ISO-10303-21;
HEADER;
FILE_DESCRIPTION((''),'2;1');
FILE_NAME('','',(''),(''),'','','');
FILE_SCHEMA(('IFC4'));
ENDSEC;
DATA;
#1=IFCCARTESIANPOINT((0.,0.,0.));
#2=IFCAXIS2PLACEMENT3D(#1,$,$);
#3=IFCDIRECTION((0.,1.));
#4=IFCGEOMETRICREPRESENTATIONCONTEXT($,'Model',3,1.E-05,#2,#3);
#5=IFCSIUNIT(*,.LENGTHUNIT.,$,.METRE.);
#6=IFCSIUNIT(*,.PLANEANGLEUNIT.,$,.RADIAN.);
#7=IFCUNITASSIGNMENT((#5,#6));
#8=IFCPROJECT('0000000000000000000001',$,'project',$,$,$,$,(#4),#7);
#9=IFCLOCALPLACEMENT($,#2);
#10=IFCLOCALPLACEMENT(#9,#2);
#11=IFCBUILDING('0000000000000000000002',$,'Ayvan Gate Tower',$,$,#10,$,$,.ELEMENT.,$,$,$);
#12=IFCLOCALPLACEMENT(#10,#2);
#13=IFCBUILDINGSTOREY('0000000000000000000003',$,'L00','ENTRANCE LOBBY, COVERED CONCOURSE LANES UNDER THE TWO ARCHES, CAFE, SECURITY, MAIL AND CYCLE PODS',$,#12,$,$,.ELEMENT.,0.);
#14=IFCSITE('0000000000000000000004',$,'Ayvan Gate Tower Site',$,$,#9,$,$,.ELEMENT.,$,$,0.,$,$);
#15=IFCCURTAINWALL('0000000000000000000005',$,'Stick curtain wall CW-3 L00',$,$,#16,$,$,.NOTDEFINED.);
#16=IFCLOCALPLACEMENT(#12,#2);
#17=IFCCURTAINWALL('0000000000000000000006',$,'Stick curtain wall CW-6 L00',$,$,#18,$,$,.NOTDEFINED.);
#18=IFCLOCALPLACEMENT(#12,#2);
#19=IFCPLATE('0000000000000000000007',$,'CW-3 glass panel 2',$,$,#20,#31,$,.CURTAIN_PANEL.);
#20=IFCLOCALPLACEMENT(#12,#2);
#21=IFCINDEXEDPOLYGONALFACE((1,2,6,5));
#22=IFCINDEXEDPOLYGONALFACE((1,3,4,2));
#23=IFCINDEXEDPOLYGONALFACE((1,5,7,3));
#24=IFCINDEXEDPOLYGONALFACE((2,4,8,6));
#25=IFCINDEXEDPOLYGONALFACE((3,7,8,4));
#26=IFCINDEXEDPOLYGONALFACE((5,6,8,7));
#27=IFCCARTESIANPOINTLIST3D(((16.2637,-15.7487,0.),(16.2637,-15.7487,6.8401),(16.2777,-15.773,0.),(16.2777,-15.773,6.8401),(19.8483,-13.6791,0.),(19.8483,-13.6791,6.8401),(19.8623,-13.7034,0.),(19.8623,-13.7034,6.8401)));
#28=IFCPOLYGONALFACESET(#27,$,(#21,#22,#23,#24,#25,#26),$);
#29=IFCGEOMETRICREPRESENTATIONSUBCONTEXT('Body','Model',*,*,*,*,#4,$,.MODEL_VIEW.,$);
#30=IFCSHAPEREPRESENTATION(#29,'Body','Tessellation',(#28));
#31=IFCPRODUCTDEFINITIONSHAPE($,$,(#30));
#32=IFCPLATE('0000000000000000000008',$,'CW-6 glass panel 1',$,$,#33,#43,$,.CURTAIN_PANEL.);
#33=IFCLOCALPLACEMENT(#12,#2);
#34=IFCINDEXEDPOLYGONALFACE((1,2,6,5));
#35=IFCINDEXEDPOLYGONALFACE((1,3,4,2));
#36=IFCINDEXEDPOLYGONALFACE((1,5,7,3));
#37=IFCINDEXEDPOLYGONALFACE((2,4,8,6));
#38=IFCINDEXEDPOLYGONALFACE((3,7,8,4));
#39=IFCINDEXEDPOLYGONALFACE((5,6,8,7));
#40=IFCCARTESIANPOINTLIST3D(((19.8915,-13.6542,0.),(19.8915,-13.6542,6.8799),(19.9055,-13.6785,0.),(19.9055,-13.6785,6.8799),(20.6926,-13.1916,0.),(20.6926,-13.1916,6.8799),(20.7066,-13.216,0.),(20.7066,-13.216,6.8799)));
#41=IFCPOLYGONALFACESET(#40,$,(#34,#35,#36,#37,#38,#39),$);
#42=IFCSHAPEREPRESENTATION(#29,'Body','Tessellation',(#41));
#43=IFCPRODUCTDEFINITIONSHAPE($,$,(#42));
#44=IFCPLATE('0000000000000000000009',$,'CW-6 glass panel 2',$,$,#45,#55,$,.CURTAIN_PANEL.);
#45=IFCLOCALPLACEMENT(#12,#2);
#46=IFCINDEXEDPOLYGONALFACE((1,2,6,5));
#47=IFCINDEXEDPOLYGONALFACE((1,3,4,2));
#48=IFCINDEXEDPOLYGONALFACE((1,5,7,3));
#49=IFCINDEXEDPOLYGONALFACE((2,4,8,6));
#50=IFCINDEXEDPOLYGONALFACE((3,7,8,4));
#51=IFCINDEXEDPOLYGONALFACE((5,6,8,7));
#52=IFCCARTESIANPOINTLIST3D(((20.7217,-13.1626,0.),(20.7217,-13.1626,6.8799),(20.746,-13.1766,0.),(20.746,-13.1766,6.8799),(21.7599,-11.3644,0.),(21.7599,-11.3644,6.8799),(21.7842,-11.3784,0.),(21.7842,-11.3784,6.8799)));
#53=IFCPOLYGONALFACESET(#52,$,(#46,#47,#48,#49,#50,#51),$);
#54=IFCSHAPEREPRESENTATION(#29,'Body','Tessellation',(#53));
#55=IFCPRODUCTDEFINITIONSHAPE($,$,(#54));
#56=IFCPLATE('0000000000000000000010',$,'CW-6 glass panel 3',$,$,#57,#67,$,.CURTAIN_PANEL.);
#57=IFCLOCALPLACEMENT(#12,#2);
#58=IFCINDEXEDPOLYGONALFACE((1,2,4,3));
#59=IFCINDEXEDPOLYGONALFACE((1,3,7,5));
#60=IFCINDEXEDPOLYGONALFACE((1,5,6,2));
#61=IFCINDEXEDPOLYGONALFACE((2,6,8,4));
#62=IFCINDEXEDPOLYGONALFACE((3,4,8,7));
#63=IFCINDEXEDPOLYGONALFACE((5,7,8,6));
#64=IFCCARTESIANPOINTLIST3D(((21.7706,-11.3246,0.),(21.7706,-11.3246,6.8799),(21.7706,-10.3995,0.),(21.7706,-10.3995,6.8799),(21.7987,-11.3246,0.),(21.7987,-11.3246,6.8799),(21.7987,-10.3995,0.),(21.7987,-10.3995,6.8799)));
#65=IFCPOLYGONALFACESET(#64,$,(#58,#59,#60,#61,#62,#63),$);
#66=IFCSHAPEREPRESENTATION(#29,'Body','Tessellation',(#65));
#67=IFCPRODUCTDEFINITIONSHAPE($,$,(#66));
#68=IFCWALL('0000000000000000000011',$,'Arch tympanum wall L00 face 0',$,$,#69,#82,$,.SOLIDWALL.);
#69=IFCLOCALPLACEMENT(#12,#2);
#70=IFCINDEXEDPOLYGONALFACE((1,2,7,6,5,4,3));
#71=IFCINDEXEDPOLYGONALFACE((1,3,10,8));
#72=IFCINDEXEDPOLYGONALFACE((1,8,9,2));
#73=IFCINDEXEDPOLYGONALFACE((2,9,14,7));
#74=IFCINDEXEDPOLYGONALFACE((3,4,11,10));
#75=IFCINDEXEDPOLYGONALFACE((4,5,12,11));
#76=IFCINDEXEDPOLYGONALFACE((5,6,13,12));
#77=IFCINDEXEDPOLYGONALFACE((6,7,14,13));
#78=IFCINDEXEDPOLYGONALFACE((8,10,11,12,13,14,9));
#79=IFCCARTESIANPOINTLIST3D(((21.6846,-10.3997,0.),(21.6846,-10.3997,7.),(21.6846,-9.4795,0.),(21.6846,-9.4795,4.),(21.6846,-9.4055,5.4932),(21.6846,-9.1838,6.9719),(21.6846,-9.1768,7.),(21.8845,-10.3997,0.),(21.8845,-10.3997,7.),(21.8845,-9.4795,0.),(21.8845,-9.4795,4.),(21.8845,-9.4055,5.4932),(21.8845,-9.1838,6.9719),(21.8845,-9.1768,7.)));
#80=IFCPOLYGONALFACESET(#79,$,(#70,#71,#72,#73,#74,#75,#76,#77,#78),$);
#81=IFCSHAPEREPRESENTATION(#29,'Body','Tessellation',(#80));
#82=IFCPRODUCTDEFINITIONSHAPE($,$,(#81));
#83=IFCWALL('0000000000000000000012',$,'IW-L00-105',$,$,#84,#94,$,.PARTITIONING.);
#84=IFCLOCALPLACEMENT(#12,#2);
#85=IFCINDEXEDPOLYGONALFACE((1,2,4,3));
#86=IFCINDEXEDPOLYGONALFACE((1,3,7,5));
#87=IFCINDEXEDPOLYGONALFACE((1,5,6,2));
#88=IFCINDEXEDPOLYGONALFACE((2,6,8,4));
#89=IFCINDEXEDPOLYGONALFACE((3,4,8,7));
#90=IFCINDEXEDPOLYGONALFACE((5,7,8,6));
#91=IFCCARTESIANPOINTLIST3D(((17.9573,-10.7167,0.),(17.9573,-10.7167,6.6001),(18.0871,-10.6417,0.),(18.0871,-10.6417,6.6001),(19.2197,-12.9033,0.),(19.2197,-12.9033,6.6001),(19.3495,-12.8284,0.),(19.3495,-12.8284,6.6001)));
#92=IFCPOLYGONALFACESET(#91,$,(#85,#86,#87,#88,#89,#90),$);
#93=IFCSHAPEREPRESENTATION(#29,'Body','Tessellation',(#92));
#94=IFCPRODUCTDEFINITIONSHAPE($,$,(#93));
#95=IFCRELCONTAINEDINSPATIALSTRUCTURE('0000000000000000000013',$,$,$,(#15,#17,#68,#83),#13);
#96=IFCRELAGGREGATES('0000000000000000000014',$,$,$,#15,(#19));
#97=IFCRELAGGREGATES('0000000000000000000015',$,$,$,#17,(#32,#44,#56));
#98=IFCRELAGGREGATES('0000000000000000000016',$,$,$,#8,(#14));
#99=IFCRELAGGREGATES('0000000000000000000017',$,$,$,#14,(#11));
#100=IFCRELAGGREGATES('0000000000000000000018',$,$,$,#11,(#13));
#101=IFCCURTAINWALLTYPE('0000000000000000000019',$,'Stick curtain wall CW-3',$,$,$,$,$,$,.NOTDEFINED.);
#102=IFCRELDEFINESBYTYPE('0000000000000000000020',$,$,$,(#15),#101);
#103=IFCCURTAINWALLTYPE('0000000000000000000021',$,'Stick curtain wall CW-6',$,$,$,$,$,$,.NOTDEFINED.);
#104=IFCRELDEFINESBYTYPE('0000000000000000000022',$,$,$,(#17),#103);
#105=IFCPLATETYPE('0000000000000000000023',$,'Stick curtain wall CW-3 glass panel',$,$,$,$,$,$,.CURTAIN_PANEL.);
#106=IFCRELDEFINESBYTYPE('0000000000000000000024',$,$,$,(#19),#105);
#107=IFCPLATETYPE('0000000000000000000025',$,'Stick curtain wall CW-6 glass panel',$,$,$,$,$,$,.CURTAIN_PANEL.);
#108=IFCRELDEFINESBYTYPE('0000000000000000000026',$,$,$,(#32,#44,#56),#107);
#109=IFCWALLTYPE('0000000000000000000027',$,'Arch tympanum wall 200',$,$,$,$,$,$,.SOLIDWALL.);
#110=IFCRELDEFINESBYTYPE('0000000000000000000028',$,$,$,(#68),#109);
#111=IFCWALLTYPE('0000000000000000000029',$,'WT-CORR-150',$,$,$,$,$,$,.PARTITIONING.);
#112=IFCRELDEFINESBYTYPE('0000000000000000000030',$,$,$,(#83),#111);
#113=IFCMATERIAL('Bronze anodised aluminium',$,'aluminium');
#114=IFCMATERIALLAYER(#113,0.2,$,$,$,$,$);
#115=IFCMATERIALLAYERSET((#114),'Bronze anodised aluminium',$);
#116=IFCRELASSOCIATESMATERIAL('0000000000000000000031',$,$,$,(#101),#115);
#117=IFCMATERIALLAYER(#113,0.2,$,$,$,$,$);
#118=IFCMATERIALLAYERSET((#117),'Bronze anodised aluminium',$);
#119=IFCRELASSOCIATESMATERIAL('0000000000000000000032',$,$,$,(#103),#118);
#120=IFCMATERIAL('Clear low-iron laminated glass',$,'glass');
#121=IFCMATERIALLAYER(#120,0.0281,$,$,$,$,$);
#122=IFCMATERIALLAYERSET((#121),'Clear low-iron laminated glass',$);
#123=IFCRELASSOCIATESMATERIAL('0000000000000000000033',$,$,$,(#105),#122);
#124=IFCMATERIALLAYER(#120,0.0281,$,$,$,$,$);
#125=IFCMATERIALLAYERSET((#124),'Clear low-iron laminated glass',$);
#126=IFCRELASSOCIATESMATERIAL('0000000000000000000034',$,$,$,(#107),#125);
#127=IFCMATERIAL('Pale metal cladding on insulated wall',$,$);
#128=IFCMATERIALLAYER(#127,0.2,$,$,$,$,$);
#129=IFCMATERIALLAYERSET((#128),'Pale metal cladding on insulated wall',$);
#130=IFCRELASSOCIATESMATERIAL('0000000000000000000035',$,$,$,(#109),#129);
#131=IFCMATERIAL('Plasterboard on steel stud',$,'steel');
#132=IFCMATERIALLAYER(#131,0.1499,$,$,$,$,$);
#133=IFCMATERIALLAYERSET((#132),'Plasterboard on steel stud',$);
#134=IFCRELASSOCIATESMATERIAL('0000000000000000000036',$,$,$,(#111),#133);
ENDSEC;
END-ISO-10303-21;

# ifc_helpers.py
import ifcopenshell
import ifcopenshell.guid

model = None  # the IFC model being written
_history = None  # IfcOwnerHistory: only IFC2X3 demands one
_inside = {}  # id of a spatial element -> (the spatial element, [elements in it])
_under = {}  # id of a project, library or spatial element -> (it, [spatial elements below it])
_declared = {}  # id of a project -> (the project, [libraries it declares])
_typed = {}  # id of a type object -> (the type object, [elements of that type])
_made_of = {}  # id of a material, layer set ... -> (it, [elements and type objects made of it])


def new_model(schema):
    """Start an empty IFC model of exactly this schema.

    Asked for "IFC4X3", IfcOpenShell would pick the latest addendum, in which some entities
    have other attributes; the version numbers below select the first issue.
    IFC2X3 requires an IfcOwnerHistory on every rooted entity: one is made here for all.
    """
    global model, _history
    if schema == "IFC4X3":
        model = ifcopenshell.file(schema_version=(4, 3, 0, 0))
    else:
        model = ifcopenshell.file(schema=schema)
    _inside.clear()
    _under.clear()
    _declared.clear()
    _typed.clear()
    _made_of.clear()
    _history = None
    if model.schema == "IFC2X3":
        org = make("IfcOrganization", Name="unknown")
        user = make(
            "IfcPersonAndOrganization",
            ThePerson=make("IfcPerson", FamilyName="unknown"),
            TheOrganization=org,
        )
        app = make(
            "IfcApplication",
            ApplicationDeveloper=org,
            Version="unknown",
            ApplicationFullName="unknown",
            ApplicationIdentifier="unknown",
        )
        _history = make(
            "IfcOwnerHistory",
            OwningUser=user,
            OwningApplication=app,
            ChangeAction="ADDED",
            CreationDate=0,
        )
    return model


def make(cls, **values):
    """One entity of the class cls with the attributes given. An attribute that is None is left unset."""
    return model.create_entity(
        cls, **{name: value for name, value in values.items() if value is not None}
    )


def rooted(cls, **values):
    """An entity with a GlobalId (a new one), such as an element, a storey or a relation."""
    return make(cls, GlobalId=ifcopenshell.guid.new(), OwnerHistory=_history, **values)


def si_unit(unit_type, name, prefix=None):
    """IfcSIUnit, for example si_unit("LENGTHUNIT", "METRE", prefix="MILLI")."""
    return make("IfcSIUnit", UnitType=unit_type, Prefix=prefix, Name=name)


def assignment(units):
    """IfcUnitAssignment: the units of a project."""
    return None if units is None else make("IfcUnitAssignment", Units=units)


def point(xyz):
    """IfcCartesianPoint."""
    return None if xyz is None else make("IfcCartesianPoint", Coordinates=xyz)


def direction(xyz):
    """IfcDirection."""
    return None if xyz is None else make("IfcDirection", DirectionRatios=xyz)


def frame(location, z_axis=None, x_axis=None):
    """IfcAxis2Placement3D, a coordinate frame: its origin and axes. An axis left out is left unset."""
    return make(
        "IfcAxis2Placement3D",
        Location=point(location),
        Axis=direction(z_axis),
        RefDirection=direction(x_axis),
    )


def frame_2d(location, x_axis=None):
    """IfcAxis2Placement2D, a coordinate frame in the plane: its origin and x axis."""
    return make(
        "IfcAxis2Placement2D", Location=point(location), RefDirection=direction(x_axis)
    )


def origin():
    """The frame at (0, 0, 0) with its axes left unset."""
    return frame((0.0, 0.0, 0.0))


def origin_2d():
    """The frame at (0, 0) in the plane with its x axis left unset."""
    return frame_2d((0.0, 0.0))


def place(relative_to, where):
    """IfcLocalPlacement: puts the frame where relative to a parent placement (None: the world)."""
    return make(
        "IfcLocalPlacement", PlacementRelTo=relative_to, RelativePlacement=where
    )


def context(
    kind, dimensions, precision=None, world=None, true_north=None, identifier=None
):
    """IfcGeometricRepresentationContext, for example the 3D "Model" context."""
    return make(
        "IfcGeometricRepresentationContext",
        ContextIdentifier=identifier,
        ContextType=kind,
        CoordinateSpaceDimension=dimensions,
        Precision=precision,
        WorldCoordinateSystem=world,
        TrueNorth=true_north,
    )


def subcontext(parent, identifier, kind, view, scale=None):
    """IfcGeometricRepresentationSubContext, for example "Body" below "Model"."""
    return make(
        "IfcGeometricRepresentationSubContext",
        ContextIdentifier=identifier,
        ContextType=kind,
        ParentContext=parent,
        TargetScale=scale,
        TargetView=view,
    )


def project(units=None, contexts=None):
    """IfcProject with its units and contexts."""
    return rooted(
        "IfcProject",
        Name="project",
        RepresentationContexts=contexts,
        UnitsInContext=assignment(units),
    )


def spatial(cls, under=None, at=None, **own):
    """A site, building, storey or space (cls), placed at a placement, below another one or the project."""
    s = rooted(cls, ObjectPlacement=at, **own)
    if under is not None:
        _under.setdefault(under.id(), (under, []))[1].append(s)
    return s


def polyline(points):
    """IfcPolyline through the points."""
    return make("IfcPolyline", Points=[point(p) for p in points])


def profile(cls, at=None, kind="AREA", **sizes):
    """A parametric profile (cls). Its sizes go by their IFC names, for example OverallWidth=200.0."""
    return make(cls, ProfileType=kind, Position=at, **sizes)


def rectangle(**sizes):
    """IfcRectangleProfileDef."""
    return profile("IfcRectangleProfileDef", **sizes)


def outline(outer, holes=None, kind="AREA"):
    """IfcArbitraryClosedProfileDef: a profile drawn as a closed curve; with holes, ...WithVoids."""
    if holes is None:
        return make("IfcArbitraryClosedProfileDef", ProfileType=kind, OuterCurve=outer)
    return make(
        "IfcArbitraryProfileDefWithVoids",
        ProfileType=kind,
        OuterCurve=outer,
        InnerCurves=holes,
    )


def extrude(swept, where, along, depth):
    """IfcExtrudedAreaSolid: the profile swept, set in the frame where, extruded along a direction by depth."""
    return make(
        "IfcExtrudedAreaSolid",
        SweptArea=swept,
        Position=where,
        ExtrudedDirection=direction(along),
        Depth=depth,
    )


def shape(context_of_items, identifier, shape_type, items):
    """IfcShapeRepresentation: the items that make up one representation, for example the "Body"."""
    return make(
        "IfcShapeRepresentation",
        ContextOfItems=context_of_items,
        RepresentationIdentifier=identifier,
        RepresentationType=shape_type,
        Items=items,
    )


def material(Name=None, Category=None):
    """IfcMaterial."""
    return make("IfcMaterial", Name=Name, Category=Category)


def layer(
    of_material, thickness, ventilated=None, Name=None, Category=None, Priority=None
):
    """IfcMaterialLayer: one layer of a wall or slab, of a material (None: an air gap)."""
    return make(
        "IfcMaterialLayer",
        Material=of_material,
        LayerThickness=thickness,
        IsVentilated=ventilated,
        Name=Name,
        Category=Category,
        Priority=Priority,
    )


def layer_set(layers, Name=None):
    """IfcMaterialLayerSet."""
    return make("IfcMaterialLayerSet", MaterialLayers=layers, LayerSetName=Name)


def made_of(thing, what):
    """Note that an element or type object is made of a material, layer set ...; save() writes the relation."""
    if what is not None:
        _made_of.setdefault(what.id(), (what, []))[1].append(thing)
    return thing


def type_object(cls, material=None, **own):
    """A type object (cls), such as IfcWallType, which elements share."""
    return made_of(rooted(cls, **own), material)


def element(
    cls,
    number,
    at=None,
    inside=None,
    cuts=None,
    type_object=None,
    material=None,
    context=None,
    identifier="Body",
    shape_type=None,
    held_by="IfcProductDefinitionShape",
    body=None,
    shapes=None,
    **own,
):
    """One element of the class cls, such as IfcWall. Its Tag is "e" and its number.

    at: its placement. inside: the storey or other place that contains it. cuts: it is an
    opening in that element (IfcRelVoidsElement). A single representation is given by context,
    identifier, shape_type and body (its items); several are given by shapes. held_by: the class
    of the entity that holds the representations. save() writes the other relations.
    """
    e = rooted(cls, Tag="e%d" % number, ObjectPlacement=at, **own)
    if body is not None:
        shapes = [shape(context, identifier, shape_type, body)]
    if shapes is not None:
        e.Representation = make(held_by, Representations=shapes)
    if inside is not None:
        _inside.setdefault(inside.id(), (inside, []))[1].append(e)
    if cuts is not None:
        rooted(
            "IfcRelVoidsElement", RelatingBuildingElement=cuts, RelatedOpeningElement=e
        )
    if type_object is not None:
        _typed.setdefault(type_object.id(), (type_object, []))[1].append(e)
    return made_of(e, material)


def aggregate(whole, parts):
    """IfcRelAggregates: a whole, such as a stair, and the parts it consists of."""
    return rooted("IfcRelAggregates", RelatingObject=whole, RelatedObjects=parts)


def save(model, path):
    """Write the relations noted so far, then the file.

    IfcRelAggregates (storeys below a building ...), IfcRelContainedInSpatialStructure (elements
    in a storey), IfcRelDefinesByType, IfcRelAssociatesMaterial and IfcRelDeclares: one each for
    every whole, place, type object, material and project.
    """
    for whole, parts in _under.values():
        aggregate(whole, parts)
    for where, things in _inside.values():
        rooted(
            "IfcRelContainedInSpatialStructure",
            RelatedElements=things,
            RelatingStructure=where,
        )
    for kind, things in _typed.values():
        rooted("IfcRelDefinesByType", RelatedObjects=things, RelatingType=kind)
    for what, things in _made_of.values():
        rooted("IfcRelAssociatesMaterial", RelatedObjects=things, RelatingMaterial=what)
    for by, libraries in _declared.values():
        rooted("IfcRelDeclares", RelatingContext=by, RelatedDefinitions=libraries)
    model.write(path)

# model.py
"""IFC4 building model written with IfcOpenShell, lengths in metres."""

from ifc_helpers import new_model, si_unit, direction, frame, frame_2d, origin, origin_2d, place, context, subcontext, project, spatial, polyline, rectangle, outline, extrude, material, layer, layer_set, type_object, element, aggregate, save


model = new_model("IFC4")

# Units and contexts
model_context = context("Model", 3, precision=1e-05, world=origin(), true_north=direction((0.0, 1.0)))
body_context = subcontext(model_context, "Body", "Model", "MODEL_VIEW")
ifc_project = project(units=[si_unit("LENGTHUNIT", "METRE"), si_unit("PLANEANGLEUNIT", "RADIAN")], contexts=[model_context])

# Site, building, storey
site_placement = place(None, origin())
site = spatial("IfcSite", under=ifc_project, at=site_placement, Name="Ayvan Gate Tower Site", CompositionType="ELEMENT", RefElevation=0.0)
building_placement = place(site_placement, origin())
building = spatial("IfcBuilding", under=site, at=building_placement, Name="Ayvan Gate Tower", CompositionType="ELEMENT")
storey_placement = place(building_placement, origin())
storey = spatial("IfcBuildingStorey", under=building, at=storey_placement, Name="L00", Description="ENTRANCE LOBBY, COVERED CONCOURSE LANES UNDER THE TWO ARCHES, CAFE, SECURITY, MAIL AND CYCLE PODS", CompositionType="ELEMENT", Elevation=0.0)

# Curtain wall
ifc_material_1 = material(Name="Bronze anodised aluminium", Category="aluminium")
ifc_layer_1 = layer(ifc_material_1, 0.2)
ifc_layer_set_1 = layer_set([ifc_layer_1], Name="Bronze anodised aluminium")
curtain_wall_type_1 = type_object("IfcCurtainWallType", Name="Stick curtain wall CW-3", PredefinedType="NOTDEFINED", material=ifc_layer_set_1)
curtain_wall_1_placement = place(storey_placement, origin())
curtain_wall_1 = element("IfcCurtainWall", 1, at=curtain_wall_1_placement, inside=storey, type_object=curtain_wall_type_1, Name="Stick curtain wall CW-3 L00", PredefinedType="NOTDEFINED")

# Curtain wall
ifc_layer_2 = layer(ifc_material_1, 0.2)
ifc_layer_set_2 = layer_set([ifc_layer_2], Name="Bronze anodised aluminium")
curtain_wall_type_2 = type_object("IfcCurtainWallType", Name="Stick curtain wall CW-6", PredefinedType="NOTDEFINED", material=ifc_layer_set_2)
curtain_wall_2_placement = place(storey_placement, origin())
curtain_wall_2 = element("IfcCurtainWall", 2, at=curtain_wall_2_placement, inside=storey, type_object=curtain_wall_type_2, Name="Stick curtain wall CW-6 L00", PredefinedType="NOTDEFINED")

# Plates
ifc_material_2 = material(Name="Clear low-iron laminated glass", Category="glass")
ifc_layer_3 = layer(ifc_material_2, 0.0281)
ifc_layer_set_3 = layer_set([ifc_layer_3], Name="Clear low-iron laminated glass")
plate_type_1 = type_object("IfcPlateType", Name="Stick curtain wall CW-3 glass panel", PredefinedType="CURTAIN_PANEL", material=ifc_layer_set_3)
plate_1_placement = place(storey_placement, frame((18.063, -14.7261, 0.0), z_axis=(0.0, 0.0, 1.0), x_axis=(0.866025, 0.5, 0.0)))
plate_1 = element("IfcPlate", 3, at=plate_1_placement, type_object=plate_type_1, Name="CW-3 glass panel 2", PredefinedType="CURTAIN_PANEL", context=body_context, shape_type="SweptSolid", body=[
    extrude(rectangle(XDim=4.1392, YDim=0.0281, at=origin_2d()), origin(), (0.0, 0.0, 1.0), 6.8401),
])
aggregate(curtain_wall_1, [plate_1])
ifc_layer_4 = layer(ifc_material_2, 0.0281)
ifc_layer_set_4 = layer_set([ifc_layer_4], Name="Clear low-iron laminated glass")
plate_type_2 = type_object("IfcPlateType", Name="Stick curtain wall CW-6 glass panel", PredefinedType="CURTAIN_PANEL", material=ifc_layer_set_4)
plate_2_placement = place(storey_placement, frame((20.2991, -13.4351, 0.0), z_axis=(0.0, 0.0, 1.0), x_axis=(0.866025, 0.5, 0.0)))
plate_2 = element("IfcPlate", 4, at=plate_2_placement, type_object=plate_type_2, Name="CW-6 glass panel 1", PredefinedType="CURTAIN_PANEL", context=body_context, shape_type="SweptSolid", body=[
    extrude(rectangle(XDim=0.925, YDim=0.0281, at=origin_2d()), origin(), (0.0, 0.0, 1.0), 6.8799),
])
plate_3_placement = place(storey_placement, frame((21.2529, -12.2705, 0.0), z_axis=(0.0, 0.0, 1.0), x_axis=(0.5, 0.866025, 0.0)))
plate_3 = element("IfcPlate", 5, at=plate_3_placement, type_object=plate_type_2, Name="CW-6 glass panel 2", PredefinedType="CURTAIN_PANEL", context=body_context, shape_type="SweptSolid", body=[
    extrude(rectangle(XDim=2.0764, YDim=0.0281, at=origin_2d()), origin(), (0.0, 0.0, 1.0), 6.8799),
])
plate_4_placement = place(storey_placement, frame((21.7847, -10.8621, 0.0), z_axis=(0.0, 0.0, 1.0), x_axis=(0.0, 1.0, 0.0)))
plate_4 = element("IfcPlate", 6, at=plate_4_placement, type_object=plate_type_2, Name="CW-6 glass panel 3", PredefinedType="CURTAIN_PANEL", context=body_context, shape_type="SweptSolid", body=[
    extrude(rectangle(XDim=0.925, YDim=0.0281, at=origin_2d()), origin(), (0.0, 0.0, 1.0), 6.8799),
])
aggregate(curtain_wall_2, [plate_2, plate_3, plate_4])

# Walls
ifc_material_3 = material(Name="Pale metal cladding on insulated wall")
ifc_layer_5 = layer(ifc_material_3, 0.2)
ifc_layer_set_5 = layer_set([ifc_layer_5], Name="Pale metal cladding on insulated wall")
wall_type_1 = type_object("IfcWallType", Name="Arch tympanum wall 200", PredefinedType="SOLIDWALL", material=ifc_layer_set_5)
wall_1_placement = place(storey_placement, frame((21.6846, -10.3997, 7.0), z_axis=(-1.0, 0.0, 0.0), x_axis=(0.0, 1.0, 0.0)))
element("IfcWall", 7, at=wall_1_placement, inside=storey, type_object=wall_type_1, Name="Arch tympanum wall L00 face 0", PredefinedType="SOLIDWALL", context=body_context, shape_type="SweptSolid", body=[
    extrude(outline(polyline([(0.0, 0.0), (1.2229, 0.0), (1.2158, 0.0281), (0.9941, 1.5068), (0.9202, 3.0), (0.9202, 7.0), (0.0, 7.0), (0.0, 0.0)])), origin(), (0.0, 0.0, -1.0), 0.2),
])
ifc_material_4 = material(Name="Plasterboard on steel stud", Category="steel")
ifc_layer_6 = layer(ifc_material_4, 0.1499)
ifc_layer_set_6 = layer_set([ifc_layer_6], Name="Plasterboard on steel stud")
wall_type_2 = type_object("IfcWallType", Name="WT-CORR-150", PredefinedType="PARTITIONING", material=ifc_layer_set_6)
wall_2_placement = place(storey_placement, frame((18.0222, -10.6792, 0.0), z_axis=(0.0, 0.0, 1.0), x_axis=(0.499976, -0.866039, 0.0)))
element("IfcWall", 8, at=wall_2_placement, inside=storey, type_object=wall_type_2, Name="IW-L00-105", PredefinedType="PARTITIONING", context=body_context, shape_type="SweptSolid", body=[
    extrude(rectangle(XDim=2.5249, YDim=0.1499, at=frame_2d((1.2625, 0.0))), origin(), (0.0, 0.0, 1.0), 6.6001),
])

save(model, "model.ifc")
